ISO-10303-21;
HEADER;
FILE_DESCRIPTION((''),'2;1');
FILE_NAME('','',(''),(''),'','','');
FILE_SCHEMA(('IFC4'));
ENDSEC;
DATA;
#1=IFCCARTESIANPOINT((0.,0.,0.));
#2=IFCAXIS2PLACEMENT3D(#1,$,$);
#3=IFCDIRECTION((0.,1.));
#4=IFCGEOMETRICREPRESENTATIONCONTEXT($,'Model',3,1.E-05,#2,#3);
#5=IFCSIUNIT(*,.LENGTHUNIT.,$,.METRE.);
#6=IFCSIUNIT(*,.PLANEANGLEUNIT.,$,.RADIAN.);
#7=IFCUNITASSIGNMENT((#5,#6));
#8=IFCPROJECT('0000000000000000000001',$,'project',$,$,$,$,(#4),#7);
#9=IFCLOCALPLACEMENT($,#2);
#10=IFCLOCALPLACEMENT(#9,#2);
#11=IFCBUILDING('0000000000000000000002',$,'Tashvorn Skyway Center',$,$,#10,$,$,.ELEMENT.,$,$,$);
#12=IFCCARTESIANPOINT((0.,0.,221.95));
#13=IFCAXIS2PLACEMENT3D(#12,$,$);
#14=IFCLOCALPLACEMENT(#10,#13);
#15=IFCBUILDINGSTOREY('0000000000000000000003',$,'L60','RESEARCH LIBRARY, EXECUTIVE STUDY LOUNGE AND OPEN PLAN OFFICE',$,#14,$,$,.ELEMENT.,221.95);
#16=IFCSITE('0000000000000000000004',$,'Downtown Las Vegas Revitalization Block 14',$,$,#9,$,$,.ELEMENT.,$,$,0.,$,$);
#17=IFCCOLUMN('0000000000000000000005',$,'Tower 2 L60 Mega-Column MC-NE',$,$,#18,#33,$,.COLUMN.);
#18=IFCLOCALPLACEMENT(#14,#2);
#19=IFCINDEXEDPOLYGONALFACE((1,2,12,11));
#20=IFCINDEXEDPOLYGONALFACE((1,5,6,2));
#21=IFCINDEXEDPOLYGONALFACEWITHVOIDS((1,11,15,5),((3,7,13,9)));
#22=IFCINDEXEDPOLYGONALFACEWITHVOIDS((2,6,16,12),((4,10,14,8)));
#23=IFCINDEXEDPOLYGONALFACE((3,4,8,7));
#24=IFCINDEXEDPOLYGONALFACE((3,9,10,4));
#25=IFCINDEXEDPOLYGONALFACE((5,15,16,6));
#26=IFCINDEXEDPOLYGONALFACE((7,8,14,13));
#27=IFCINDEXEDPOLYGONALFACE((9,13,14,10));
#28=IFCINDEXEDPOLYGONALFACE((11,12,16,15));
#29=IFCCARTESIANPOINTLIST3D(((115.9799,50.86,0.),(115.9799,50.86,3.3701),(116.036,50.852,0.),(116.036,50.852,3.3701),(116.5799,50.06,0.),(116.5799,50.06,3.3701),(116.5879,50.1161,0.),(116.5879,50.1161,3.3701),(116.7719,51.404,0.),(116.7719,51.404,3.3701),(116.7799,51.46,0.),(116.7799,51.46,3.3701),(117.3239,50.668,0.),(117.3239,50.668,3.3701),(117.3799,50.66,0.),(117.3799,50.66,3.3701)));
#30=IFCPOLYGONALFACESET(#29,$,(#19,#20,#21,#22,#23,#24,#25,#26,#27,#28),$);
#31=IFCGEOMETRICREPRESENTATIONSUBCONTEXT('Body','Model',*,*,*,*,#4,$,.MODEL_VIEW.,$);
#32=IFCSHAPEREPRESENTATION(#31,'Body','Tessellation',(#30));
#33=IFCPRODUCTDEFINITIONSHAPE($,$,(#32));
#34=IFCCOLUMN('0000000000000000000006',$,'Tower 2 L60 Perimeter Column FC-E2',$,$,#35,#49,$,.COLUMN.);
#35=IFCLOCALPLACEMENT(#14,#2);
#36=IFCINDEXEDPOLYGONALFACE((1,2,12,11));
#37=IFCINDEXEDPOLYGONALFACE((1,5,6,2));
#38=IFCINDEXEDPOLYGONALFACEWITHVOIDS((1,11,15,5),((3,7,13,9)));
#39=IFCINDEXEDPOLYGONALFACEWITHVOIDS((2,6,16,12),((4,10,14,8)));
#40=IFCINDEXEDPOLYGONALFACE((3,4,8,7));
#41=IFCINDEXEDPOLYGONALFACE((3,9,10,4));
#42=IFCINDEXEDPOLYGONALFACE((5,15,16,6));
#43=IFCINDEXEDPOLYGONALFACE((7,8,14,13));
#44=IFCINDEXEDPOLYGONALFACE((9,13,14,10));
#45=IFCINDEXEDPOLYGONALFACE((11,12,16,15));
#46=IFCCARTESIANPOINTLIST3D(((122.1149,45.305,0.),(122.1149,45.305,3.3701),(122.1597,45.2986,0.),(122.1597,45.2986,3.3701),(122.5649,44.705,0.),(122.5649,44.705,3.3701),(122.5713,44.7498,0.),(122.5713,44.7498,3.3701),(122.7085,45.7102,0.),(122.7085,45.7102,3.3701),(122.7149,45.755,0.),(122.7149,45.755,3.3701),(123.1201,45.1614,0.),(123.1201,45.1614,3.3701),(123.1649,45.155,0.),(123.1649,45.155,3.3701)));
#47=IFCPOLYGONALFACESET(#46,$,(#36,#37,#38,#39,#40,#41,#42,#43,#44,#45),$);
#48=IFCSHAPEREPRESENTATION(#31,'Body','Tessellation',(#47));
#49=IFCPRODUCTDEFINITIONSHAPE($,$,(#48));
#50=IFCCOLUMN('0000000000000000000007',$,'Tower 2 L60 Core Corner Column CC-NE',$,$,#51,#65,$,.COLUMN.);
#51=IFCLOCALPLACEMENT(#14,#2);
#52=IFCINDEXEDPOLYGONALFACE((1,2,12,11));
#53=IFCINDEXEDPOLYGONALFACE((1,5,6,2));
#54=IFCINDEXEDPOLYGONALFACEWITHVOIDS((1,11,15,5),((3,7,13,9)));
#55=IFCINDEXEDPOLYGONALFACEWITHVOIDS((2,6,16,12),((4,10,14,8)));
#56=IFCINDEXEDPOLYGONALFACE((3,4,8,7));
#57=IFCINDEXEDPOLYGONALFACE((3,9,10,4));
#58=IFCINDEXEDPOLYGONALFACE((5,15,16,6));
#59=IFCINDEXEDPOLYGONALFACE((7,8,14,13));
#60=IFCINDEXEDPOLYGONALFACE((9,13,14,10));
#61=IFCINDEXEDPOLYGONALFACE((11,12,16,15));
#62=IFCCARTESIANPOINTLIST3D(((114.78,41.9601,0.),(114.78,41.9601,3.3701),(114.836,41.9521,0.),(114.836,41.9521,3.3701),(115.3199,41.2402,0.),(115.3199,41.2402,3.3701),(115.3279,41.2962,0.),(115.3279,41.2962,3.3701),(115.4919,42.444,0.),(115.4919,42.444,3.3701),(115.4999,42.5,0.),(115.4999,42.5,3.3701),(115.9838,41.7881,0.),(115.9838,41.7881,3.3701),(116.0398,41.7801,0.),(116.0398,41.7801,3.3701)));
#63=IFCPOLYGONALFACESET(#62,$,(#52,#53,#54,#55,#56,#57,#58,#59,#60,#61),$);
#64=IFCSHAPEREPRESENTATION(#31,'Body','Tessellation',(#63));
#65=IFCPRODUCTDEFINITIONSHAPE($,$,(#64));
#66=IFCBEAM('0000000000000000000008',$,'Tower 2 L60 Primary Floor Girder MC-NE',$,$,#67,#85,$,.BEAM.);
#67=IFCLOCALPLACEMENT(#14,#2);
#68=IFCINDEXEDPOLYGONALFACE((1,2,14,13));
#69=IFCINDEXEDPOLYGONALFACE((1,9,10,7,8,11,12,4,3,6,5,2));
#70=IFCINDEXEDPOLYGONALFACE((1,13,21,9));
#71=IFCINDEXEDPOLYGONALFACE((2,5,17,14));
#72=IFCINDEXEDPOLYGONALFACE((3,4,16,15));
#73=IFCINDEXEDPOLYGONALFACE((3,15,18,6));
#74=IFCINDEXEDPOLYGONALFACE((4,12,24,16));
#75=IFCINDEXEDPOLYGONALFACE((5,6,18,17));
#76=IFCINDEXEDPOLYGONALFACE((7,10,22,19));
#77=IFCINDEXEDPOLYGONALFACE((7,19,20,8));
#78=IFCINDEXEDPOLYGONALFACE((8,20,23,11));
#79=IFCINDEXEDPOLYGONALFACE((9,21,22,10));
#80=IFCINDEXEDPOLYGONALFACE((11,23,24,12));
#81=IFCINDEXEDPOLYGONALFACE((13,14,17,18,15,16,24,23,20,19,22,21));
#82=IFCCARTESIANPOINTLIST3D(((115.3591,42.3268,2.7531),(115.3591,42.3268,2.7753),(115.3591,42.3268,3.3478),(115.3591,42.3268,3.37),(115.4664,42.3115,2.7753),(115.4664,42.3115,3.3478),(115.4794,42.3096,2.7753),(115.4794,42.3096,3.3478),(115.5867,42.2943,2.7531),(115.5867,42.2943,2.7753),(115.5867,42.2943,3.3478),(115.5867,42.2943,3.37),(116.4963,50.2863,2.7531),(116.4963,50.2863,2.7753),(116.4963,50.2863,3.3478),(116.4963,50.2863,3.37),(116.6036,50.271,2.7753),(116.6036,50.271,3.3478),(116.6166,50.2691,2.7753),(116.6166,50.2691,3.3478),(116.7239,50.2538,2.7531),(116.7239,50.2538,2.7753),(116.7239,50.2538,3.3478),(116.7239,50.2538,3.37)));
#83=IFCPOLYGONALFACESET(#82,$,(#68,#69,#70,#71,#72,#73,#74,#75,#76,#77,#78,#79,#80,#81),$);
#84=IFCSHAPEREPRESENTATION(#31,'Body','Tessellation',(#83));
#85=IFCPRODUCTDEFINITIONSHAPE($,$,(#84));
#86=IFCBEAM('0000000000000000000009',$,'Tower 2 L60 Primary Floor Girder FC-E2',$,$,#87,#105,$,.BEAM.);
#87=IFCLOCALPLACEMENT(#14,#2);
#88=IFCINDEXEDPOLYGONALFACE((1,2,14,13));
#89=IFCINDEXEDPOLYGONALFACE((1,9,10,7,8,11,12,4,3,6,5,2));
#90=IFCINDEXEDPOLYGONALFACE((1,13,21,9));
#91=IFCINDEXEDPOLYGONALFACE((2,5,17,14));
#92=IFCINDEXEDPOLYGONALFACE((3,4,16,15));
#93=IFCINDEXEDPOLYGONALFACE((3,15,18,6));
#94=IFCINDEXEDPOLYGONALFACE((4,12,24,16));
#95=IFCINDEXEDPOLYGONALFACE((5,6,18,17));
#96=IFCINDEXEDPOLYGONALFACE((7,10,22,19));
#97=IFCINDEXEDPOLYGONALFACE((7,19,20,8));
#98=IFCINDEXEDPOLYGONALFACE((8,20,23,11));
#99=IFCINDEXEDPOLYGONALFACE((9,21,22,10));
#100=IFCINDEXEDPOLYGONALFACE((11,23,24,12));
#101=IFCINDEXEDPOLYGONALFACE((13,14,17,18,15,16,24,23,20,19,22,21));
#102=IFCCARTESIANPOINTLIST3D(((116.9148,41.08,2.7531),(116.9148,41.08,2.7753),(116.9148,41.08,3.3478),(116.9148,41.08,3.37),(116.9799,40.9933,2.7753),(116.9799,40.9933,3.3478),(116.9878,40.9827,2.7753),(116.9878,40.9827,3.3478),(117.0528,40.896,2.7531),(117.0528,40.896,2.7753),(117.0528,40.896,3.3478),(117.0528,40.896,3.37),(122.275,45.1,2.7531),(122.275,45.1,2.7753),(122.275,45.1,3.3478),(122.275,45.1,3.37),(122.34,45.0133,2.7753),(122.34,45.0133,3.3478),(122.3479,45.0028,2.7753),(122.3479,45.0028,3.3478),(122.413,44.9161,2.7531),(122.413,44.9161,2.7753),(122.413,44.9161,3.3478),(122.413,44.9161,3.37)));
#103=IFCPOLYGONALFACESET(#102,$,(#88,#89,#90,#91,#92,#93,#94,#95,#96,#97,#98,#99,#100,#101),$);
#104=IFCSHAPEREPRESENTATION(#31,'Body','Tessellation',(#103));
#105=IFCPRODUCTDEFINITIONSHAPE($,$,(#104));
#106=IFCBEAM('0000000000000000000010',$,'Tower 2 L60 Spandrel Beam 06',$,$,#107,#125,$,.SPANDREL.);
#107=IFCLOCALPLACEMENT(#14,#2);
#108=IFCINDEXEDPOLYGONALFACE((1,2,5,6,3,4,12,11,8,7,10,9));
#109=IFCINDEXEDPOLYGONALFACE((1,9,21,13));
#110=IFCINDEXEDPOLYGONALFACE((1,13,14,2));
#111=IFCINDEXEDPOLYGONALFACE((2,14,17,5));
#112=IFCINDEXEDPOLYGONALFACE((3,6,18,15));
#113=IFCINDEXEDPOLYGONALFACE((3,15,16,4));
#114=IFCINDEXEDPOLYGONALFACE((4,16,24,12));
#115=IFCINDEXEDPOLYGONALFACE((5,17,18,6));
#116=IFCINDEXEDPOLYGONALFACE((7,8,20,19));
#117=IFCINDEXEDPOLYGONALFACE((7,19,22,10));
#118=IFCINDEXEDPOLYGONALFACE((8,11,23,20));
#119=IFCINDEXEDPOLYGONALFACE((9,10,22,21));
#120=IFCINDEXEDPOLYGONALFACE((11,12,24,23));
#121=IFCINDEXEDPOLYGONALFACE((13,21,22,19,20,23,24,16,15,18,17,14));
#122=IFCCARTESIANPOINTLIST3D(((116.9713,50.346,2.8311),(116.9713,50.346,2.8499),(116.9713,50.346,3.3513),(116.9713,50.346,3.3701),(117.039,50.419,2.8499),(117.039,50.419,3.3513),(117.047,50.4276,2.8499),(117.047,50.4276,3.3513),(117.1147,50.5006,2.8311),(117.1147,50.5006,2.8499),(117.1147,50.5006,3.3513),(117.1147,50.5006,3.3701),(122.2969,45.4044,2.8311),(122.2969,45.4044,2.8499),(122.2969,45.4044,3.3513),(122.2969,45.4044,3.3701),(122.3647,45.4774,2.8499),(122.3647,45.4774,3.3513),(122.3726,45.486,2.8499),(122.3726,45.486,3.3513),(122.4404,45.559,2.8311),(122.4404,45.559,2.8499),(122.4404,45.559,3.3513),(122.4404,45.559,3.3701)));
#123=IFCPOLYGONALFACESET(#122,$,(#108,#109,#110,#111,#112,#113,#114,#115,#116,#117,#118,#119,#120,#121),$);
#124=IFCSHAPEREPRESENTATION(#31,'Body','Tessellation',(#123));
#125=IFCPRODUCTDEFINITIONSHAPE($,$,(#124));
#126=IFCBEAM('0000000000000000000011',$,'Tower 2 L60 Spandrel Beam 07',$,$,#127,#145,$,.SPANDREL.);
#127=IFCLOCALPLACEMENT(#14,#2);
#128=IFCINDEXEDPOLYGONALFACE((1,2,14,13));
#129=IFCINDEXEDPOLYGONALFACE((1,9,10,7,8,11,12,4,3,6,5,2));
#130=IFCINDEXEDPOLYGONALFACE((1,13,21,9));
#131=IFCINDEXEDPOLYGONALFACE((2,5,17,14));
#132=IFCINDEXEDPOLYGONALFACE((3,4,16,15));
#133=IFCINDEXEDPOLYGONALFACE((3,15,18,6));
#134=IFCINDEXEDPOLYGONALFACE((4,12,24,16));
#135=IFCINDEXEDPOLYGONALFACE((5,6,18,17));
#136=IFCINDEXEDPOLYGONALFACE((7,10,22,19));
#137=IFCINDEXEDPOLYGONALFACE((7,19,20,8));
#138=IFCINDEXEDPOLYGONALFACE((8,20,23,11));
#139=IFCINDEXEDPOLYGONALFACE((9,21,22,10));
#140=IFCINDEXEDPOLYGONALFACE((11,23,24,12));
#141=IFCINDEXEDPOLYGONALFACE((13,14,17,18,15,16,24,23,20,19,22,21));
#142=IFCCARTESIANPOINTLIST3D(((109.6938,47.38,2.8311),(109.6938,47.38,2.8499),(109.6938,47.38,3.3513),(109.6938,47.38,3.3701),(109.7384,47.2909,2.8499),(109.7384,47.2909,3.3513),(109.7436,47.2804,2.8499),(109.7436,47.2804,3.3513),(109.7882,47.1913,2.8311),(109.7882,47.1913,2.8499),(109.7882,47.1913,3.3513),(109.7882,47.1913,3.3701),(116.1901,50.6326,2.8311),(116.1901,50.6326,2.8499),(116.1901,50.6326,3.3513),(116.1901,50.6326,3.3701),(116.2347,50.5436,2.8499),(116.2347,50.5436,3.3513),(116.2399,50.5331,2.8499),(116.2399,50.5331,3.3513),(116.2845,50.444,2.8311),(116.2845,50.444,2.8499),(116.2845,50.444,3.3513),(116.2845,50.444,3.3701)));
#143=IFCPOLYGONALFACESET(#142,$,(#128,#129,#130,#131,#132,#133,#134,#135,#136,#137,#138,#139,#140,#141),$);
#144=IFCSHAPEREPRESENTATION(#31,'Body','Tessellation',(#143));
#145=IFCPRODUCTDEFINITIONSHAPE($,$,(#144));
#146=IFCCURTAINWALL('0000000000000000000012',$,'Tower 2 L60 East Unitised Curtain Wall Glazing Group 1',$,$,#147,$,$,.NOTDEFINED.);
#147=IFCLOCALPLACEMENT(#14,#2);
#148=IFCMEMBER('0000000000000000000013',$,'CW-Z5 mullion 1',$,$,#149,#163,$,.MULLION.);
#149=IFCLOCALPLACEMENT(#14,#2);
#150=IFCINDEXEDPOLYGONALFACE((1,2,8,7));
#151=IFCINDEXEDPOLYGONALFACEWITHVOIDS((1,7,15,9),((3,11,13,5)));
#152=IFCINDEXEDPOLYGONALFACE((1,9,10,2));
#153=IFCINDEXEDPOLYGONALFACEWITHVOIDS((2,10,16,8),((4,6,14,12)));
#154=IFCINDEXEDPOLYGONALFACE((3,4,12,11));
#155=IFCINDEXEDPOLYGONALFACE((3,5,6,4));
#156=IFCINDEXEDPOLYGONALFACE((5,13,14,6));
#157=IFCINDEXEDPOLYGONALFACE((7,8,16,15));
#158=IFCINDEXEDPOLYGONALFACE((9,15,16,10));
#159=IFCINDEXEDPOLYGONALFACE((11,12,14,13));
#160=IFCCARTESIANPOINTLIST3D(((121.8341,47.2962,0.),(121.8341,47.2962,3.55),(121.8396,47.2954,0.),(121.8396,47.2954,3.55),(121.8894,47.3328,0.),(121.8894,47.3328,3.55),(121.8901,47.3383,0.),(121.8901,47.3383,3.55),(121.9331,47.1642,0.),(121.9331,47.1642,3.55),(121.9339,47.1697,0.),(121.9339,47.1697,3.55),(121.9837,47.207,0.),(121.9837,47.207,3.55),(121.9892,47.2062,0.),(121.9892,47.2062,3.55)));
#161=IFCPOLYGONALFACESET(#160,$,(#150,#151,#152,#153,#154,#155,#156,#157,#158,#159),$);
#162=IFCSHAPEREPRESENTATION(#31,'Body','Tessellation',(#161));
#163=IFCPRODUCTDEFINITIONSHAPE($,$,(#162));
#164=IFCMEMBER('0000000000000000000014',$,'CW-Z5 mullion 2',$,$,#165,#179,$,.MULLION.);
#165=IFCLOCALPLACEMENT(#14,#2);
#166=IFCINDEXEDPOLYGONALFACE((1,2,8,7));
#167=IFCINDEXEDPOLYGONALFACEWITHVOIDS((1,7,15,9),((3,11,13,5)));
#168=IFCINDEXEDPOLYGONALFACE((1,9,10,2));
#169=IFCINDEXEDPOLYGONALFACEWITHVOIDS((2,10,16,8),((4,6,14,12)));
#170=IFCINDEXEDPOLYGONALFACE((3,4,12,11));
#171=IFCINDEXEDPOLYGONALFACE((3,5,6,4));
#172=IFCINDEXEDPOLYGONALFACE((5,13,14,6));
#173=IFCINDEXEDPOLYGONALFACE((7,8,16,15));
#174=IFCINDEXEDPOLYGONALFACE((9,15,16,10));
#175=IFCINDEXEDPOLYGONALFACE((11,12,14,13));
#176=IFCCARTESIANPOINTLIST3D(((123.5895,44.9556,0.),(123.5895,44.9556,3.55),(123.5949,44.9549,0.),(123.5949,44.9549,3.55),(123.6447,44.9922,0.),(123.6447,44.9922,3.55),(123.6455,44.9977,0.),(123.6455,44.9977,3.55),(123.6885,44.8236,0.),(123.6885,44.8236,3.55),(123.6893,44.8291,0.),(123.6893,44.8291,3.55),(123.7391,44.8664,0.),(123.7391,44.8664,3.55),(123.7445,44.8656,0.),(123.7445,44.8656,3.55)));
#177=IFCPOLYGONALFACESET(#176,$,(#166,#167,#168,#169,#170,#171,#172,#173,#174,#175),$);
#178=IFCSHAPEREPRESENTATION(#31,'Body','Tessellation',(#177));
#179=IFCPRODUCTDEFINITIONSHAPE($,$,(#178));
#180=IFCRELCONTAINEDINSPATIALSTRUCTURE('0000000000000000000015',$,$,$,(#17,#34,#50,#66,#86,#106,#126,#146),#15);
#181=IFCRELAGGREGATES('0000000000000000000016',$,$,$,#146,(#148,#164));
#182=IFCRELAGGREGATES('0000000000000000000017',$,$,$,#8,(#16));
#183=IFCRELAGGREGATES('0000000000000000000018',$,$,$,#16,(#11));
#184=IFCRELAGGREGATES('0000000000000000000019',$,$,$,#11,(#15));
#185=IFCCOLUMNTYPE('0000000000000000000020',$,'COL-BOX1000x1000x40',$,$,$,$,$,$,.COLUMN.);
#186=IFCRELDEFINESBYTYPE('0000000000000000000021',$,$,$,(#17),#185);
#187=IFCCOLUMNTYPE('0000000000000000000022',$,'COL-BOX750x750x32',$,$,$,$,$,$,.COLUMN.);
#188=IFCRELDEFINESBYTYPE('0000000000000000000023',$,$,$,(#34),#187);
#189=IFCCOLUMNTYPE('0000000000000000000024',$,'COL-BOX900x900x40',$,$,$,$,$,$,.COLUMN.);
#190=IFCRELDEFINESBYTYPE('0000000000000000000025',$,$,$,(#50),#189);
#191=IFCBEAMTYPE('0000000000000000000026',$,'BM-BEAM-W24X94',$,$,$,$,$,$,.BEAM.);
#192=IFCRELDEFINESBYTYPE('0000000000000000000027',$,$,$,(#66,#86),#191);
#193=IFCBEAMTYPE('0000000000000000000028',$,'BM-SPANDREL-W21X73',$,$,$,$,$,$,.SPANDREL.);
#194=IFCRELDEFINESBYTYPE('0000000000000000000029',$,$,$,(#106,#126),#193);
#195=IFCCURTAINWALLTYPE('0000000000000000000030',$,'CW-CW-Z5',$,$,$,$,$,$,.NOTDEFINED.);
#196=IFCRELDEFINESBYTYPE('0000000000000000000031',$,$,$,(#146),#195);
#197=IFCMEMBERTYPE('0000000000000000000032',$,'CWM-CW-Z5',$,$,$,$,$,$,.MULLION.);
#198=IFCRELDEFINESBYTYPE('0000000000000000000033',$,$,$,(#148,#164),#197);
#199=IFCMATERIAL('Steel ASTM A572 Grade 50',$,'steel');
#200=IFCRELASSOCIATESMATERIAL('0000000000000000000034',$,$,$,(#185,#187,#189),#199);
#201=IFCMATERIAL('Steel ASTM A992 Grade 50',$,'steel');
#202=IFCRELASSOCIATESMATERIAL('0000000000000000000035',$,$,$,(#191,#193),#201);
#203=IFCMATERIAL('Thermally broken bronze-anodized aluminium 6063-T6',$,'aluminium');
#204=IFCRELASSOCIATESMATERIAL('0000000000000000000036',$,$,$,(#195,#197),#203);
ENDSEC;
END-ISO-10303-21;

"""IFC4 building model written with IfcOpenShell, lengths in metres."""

from ifc_helpers import new_model, si_unit, direction, frame, origin, origin_2d, place, context, subcontext, project, spatial, hollow_rectangle, i_section, extrude, material, material_profile, profile_set, type_object, element, aggregate, save


model = new_model("IFC4")

# Units and contexts
model_context = context("Model", 3, precision=1e-05, world=origin(), true_north=direction((0.0, 1.0)))
body_context = subcontext(model_context, "Body", "Model", "MODEL_VIEW")
ifc_project = project(units=[si_unit("LENGTHUNIT", "METRE"), si_unit("PLANEANGLEUNIT", "RADIAN")], contexts=[model_context])

# Site, building, storey
site_placement = place(None, origin())
site = spatial("IfcSite", under=ifc_project, at=site_placement, Name="Downtown Las Vegas Revitalization Block 14", CompositionType="ELEMENT", RefElevation=0.0)
building_placement = place(site_placement, origin())
building = spatial("IfcBuilding", under=site, at=building_placement, Name="Tashvorn Skyway Center", CompositionType="ELEMENT")
storey_placement = place(building_placement, frame((0.0, 0.0, 221.95)))
storey = spatial("IfcBuildingStorey", under=building, at=storey_placement, Name="L60", Description="RESEARCH LIBRARY, EXECUTIVE STUDY LOUNGE AND OPEN PLAN OFFICE", CompositionType="ELEMENT", Elevation=221.95)

# Columns
ifc_material_1 = material(Name="Steel ASTM A572 Grade 50", Category="steel")
ifc_material_profile_1 = material_profile(ifc_material_1, hollow_rectangle(XDim=1.0, YDim=1.0, WallThickness=0.04, at=origin_2d()), Name="BOX1000x1000x40")
ifc_profile_set_1 = profile_set([ifc_material_profile_1], Name="Steel ASTM A572 Grade 50")
column_type_1 = type_object("IfcColumnType", Name="COL-BOX1000x1000x40", PredefinedType="COLUMN", material=ifc_profile_set_1)
column_1_placement = place(storey_placement, frame((116.6799, 50.76, 0.0), z_axis=(0.0, 0.0, 1.0), x_axis=(0.8, 0.6, 0.0)))
element("IfcColumn", 1, at=column_1_placement, inside=storey, type_object=column_type_1, Name="Tower 2 L60 Mega-Column MC-NE", PredefinedType="COLUMN", context=body_context, shape_type="SweptSolid", body=[
    extrude(hollow_rectangle(XDim=1.0, YDim=1.0, WallThickness=0.04, at=origin_2d()), origin(), (0.0, 0.0, 1.0), 3.3701),
])
ifc_material_profile_2 = material_profile(ifc_material_1, hollow_rectangle(XDim=0.75, YDim=0.75, WallThickness=0.032, at=origin_2d()), Name="BOX750x750x32")
ifc_profile_set_2 = profile_set([ifc_material_profile_2], Name="Steel ASTM A572 Grade 50")
column_type_2 = type_object("IfcColumnType", Name="COL-BOX750x750x32", PredefinedType="COLUMN", material=ifc_profile_set_2)
column_2_placement = place(storey_placement, frame((122.6399, 45.23, 0.0), z_axis=(0.0, 0.0, 1.0), x_axis=(0.8, 0.6, 0.0)))
element("IfcColumn", 2, at=column_2_placement, inside=storey, type_object=column_type_2, Name="Tower 2 L60 Perimeter Column FC-E2", PredefinedType="COLUMN", context=body_context, shape_type="SweptSolid", body=[
    extrude(hollow_rectangle(XDim=0.75, YDim=0.75, WallThickness=0.032, at=origin_2d()), origin(), (0.0, 0.0, 1.0), 3.3701),
])
ifc_material_profile_3 = material_profile(ifc_material_1, hollow_rectangle(XDim=0.8999, YDim=0.8999, WallThickness=0.04, at=origin_2d()), Name="BOX900x900x40")
ifc_profile_set_3 = profile_set([ifc_material_profile_3], Name="Steel ASTM A572 Grade 50")
column_type_3 = type_object("IfcColumnType", Name="COL-BOX900x900x40", PredefinedType="COLUMN", material=ifc_profile_set_3)
column_3_placement = place(storey_placement, frame((115.4099, 41.8701, 0.0), z_axis=(0.0, 0.0, 1.0), x_axis=(0.8, 0.6, 0.0)))
element("IfcColumn", 3, at=column_3_placement, inside=storey, type_object=column_type_3, Name="Tower 2 L60 Core Corner Column CC-NE", PredefinedType="COLUMN", context=body_context, shape_type="SweptSolid", body=[
    extrude(hollow_rectangle(XDim=0.8999, YDim=0.8999, WallThickness=0.04, at=origin_2d()), origin(), (0.0, 0.0, 1.0), 3.3701),
])

# Beams
ifc_material_2 = material(Name="Steel ASTM A992 Grade 50", Category="steel")
ifc_material_profile_4 = material_profile(ifc_material_2, i_section(OverallWidth=0.23, OverallDepth=0.6169, WebThickness=0.0132, FlangeThickness=0.0222, at=origin_2d()), Name="W24X94")
ifc_profile_set_4 = profile_set([ifc_material_profile_4], Name="Steel ASTM A992 Grade 50")
beam_type_1 = type_object("IfcBeamType", Name="BM-BEAM-W24X94", PredefinedType="BEAM", material=ifc_profile_set_4)
beam_1_placement = place(storey_placement, frame((116.6101, 50.27, 3.0615), z_axis=(-0.141438, -0.989947, 0.0), x_axis=(0.989947, -0.141438, 0.0)))
element("IfcBeam", 4, at=beam_1_placement, inside=storey, type_object=beam_type_1, Name="Tower 2 L60 Primary Floor Girder MC-NE", PredefinedType="BEAM", context=body_context, shape_type="SweptSolid", body=[
    extrude(i_section(OverallWidth=0.23, OverallDepth=0.6169, WebThickness=0.0132, FlangeThickness=0.0222, at=origin_2d()), origin(), (0.0, 0.0, 1.0), 8.0403),
])
beam_2_placement = place(storey_placement, frame((122.344, 45.0081, 3.0615), z_axis=(-0.800004, -0.599994, 0.0), x_axis=(0.599994, -0.800004, 0.0)))
element("IfcBeam", 5, at=beam_2_placement, inside=storey, type_object=beam_type_1, Name="Tower 2 L60 Primary Floor Girder FC-E2", PredefinedType="BEAM", context=body_context, shape_type="SweptSolid", body=[
    extrude(i_section(OverallWidth=0.23, OverallDepth=0.6169, WebThickness=0.0132, FlangeThickness=0.0222, at=origin_2d()), origin(), (0.0, 0.0, 1.0), 6.7002),
])
ifc_material_profile_5 = material_profile(ifc_material_2, i_section(OverallWidth=0.2109, OverallDepth=0.5391, WebThickness=0.0117, FlangeThickness=0.0188, at=origin_2d()), Name="W21X73")
ifc_profile_set_5 = profile_set([ifc_material_profile_5], Name="Steel ASTM A992 Grade 50")
beam_type_2 = type_object("IfcBeamType", Name="BM-SPANDREL-W21X73", PredefinedType="SPANDREL", material=ifc_profile_set_5)
for number, where, z_axis, x_axis, name in (
    (6, (122.3687, 45.4817, 3.1006), (-0.733042, 0.680183, 0.0), (-0.680183, -0.733042, 0.0), "Tower 2 L60 Spandrel Beam 06"),
    (7, (116.2373, 50.5383, 3.1006), (-0.894178, -0.447711, 0.0), (0.447711, -0.894178, 0.0), "Tower 2 L60 Spandrel Beam 07"),
):
    element("IfcBeam", number, at=place(storey_placement, frame(where, z_axis=z_axis, x_axis=x_axis)), inside=storey, type_object=beam_type_2, Name=name, PredefinedType="SPANDREL", context=body_context, shape_type="SweptSolid", body=[
        extrude(i_section(OverallWidth=0.2109, OverallDepth=0.5391, WebThickness=0.0117, FlangeThickness=0.0188, at=origin_2d()), origin(), (0.0, 0.0, 1.0), 7.2651),
    ])

# Curtain wall, members
ifc_material_3 = material(Name="Thermally broken bronze-anodized aluminium 6063-T6", Category="aluminium")
curtain_wall_type = type_object("IfcCurtainWallType", Name="CW-CW-Z5", PredefinedType="NOTDEFINED", material=ifc_material_3)
curtain_wall_1_placement = place(storey_placement, origin())
curtain_wall_1 = element("IfcCurtainWall", 8, at=curtain_wall_1_placement, inside=storey, type_object=curtain_wall_type, Name="Tower 2 L60 East Unitised Curtain Wall Glazing Group 1", PredefinedType="NOTDEFINED")
ifc_material_profile_6 = material_profile(ifc_material_3, hollow_rectangle(XDim=0.0701, YDim=0.165, WallThickness=0.0039, at=origin_2d()), Name="ALU-MULL-70x165")
ifc_profile_set_6 = profile_set([ifc_material_profile_6], Name="Thermally broken bronze-anodized aluminium 6063-T6")
member_type_1 = type_object("IfcMemberType", Name="CWM-CW-Z5", PredefinedType="MULLION", material=ifc_profile_set_6)
member_1_placement = place(storey_placement, frame((121.9116, 47.2512, 0.0), z_axis=(0.0, 0.0, 1.0), x_axis=(0.8, 0.6, 0.0)))
member_1 = element("IfcMember", 9, at=member_1_placement, type_object=member_type_1, Name="CW-Z5 mullion 1", PredefinedType="MULLION", context=body_context, shape_type="SweptSolid", body=[
    extrude(hollow_rectangle(XDim=0.0701, YDim=0.165, WallThickness=0.0039, at=origin_2d()), origin(), (0.0, 0.0, 1.0), 3.55),
])
member_2_placement = place(storey_placement, frame((123.667, 44.9106, 0.0), z_axis=(0.0, 0.0, 1.0), x_axis=(0.8, 0.6, 0.0)))
member_2 = element("IfcMember", 10, at=member_2_placement, type_object=member_type_1, Name="CW-Z5 mullion 2", PredefinedType="MULLION", context=body_context, shape_type="SweptSolid", body=[
    extrude(hollow_rectangle(XDim=0.0701, YDim=0.165, WallThickness=0.0039, at=origin_2d()), origin(), (0.0, 0.0, 1.0), 3.55),
])

aggregate(curtain_wall_1, [member_1, member_2])

save(model, "model.ifc")
